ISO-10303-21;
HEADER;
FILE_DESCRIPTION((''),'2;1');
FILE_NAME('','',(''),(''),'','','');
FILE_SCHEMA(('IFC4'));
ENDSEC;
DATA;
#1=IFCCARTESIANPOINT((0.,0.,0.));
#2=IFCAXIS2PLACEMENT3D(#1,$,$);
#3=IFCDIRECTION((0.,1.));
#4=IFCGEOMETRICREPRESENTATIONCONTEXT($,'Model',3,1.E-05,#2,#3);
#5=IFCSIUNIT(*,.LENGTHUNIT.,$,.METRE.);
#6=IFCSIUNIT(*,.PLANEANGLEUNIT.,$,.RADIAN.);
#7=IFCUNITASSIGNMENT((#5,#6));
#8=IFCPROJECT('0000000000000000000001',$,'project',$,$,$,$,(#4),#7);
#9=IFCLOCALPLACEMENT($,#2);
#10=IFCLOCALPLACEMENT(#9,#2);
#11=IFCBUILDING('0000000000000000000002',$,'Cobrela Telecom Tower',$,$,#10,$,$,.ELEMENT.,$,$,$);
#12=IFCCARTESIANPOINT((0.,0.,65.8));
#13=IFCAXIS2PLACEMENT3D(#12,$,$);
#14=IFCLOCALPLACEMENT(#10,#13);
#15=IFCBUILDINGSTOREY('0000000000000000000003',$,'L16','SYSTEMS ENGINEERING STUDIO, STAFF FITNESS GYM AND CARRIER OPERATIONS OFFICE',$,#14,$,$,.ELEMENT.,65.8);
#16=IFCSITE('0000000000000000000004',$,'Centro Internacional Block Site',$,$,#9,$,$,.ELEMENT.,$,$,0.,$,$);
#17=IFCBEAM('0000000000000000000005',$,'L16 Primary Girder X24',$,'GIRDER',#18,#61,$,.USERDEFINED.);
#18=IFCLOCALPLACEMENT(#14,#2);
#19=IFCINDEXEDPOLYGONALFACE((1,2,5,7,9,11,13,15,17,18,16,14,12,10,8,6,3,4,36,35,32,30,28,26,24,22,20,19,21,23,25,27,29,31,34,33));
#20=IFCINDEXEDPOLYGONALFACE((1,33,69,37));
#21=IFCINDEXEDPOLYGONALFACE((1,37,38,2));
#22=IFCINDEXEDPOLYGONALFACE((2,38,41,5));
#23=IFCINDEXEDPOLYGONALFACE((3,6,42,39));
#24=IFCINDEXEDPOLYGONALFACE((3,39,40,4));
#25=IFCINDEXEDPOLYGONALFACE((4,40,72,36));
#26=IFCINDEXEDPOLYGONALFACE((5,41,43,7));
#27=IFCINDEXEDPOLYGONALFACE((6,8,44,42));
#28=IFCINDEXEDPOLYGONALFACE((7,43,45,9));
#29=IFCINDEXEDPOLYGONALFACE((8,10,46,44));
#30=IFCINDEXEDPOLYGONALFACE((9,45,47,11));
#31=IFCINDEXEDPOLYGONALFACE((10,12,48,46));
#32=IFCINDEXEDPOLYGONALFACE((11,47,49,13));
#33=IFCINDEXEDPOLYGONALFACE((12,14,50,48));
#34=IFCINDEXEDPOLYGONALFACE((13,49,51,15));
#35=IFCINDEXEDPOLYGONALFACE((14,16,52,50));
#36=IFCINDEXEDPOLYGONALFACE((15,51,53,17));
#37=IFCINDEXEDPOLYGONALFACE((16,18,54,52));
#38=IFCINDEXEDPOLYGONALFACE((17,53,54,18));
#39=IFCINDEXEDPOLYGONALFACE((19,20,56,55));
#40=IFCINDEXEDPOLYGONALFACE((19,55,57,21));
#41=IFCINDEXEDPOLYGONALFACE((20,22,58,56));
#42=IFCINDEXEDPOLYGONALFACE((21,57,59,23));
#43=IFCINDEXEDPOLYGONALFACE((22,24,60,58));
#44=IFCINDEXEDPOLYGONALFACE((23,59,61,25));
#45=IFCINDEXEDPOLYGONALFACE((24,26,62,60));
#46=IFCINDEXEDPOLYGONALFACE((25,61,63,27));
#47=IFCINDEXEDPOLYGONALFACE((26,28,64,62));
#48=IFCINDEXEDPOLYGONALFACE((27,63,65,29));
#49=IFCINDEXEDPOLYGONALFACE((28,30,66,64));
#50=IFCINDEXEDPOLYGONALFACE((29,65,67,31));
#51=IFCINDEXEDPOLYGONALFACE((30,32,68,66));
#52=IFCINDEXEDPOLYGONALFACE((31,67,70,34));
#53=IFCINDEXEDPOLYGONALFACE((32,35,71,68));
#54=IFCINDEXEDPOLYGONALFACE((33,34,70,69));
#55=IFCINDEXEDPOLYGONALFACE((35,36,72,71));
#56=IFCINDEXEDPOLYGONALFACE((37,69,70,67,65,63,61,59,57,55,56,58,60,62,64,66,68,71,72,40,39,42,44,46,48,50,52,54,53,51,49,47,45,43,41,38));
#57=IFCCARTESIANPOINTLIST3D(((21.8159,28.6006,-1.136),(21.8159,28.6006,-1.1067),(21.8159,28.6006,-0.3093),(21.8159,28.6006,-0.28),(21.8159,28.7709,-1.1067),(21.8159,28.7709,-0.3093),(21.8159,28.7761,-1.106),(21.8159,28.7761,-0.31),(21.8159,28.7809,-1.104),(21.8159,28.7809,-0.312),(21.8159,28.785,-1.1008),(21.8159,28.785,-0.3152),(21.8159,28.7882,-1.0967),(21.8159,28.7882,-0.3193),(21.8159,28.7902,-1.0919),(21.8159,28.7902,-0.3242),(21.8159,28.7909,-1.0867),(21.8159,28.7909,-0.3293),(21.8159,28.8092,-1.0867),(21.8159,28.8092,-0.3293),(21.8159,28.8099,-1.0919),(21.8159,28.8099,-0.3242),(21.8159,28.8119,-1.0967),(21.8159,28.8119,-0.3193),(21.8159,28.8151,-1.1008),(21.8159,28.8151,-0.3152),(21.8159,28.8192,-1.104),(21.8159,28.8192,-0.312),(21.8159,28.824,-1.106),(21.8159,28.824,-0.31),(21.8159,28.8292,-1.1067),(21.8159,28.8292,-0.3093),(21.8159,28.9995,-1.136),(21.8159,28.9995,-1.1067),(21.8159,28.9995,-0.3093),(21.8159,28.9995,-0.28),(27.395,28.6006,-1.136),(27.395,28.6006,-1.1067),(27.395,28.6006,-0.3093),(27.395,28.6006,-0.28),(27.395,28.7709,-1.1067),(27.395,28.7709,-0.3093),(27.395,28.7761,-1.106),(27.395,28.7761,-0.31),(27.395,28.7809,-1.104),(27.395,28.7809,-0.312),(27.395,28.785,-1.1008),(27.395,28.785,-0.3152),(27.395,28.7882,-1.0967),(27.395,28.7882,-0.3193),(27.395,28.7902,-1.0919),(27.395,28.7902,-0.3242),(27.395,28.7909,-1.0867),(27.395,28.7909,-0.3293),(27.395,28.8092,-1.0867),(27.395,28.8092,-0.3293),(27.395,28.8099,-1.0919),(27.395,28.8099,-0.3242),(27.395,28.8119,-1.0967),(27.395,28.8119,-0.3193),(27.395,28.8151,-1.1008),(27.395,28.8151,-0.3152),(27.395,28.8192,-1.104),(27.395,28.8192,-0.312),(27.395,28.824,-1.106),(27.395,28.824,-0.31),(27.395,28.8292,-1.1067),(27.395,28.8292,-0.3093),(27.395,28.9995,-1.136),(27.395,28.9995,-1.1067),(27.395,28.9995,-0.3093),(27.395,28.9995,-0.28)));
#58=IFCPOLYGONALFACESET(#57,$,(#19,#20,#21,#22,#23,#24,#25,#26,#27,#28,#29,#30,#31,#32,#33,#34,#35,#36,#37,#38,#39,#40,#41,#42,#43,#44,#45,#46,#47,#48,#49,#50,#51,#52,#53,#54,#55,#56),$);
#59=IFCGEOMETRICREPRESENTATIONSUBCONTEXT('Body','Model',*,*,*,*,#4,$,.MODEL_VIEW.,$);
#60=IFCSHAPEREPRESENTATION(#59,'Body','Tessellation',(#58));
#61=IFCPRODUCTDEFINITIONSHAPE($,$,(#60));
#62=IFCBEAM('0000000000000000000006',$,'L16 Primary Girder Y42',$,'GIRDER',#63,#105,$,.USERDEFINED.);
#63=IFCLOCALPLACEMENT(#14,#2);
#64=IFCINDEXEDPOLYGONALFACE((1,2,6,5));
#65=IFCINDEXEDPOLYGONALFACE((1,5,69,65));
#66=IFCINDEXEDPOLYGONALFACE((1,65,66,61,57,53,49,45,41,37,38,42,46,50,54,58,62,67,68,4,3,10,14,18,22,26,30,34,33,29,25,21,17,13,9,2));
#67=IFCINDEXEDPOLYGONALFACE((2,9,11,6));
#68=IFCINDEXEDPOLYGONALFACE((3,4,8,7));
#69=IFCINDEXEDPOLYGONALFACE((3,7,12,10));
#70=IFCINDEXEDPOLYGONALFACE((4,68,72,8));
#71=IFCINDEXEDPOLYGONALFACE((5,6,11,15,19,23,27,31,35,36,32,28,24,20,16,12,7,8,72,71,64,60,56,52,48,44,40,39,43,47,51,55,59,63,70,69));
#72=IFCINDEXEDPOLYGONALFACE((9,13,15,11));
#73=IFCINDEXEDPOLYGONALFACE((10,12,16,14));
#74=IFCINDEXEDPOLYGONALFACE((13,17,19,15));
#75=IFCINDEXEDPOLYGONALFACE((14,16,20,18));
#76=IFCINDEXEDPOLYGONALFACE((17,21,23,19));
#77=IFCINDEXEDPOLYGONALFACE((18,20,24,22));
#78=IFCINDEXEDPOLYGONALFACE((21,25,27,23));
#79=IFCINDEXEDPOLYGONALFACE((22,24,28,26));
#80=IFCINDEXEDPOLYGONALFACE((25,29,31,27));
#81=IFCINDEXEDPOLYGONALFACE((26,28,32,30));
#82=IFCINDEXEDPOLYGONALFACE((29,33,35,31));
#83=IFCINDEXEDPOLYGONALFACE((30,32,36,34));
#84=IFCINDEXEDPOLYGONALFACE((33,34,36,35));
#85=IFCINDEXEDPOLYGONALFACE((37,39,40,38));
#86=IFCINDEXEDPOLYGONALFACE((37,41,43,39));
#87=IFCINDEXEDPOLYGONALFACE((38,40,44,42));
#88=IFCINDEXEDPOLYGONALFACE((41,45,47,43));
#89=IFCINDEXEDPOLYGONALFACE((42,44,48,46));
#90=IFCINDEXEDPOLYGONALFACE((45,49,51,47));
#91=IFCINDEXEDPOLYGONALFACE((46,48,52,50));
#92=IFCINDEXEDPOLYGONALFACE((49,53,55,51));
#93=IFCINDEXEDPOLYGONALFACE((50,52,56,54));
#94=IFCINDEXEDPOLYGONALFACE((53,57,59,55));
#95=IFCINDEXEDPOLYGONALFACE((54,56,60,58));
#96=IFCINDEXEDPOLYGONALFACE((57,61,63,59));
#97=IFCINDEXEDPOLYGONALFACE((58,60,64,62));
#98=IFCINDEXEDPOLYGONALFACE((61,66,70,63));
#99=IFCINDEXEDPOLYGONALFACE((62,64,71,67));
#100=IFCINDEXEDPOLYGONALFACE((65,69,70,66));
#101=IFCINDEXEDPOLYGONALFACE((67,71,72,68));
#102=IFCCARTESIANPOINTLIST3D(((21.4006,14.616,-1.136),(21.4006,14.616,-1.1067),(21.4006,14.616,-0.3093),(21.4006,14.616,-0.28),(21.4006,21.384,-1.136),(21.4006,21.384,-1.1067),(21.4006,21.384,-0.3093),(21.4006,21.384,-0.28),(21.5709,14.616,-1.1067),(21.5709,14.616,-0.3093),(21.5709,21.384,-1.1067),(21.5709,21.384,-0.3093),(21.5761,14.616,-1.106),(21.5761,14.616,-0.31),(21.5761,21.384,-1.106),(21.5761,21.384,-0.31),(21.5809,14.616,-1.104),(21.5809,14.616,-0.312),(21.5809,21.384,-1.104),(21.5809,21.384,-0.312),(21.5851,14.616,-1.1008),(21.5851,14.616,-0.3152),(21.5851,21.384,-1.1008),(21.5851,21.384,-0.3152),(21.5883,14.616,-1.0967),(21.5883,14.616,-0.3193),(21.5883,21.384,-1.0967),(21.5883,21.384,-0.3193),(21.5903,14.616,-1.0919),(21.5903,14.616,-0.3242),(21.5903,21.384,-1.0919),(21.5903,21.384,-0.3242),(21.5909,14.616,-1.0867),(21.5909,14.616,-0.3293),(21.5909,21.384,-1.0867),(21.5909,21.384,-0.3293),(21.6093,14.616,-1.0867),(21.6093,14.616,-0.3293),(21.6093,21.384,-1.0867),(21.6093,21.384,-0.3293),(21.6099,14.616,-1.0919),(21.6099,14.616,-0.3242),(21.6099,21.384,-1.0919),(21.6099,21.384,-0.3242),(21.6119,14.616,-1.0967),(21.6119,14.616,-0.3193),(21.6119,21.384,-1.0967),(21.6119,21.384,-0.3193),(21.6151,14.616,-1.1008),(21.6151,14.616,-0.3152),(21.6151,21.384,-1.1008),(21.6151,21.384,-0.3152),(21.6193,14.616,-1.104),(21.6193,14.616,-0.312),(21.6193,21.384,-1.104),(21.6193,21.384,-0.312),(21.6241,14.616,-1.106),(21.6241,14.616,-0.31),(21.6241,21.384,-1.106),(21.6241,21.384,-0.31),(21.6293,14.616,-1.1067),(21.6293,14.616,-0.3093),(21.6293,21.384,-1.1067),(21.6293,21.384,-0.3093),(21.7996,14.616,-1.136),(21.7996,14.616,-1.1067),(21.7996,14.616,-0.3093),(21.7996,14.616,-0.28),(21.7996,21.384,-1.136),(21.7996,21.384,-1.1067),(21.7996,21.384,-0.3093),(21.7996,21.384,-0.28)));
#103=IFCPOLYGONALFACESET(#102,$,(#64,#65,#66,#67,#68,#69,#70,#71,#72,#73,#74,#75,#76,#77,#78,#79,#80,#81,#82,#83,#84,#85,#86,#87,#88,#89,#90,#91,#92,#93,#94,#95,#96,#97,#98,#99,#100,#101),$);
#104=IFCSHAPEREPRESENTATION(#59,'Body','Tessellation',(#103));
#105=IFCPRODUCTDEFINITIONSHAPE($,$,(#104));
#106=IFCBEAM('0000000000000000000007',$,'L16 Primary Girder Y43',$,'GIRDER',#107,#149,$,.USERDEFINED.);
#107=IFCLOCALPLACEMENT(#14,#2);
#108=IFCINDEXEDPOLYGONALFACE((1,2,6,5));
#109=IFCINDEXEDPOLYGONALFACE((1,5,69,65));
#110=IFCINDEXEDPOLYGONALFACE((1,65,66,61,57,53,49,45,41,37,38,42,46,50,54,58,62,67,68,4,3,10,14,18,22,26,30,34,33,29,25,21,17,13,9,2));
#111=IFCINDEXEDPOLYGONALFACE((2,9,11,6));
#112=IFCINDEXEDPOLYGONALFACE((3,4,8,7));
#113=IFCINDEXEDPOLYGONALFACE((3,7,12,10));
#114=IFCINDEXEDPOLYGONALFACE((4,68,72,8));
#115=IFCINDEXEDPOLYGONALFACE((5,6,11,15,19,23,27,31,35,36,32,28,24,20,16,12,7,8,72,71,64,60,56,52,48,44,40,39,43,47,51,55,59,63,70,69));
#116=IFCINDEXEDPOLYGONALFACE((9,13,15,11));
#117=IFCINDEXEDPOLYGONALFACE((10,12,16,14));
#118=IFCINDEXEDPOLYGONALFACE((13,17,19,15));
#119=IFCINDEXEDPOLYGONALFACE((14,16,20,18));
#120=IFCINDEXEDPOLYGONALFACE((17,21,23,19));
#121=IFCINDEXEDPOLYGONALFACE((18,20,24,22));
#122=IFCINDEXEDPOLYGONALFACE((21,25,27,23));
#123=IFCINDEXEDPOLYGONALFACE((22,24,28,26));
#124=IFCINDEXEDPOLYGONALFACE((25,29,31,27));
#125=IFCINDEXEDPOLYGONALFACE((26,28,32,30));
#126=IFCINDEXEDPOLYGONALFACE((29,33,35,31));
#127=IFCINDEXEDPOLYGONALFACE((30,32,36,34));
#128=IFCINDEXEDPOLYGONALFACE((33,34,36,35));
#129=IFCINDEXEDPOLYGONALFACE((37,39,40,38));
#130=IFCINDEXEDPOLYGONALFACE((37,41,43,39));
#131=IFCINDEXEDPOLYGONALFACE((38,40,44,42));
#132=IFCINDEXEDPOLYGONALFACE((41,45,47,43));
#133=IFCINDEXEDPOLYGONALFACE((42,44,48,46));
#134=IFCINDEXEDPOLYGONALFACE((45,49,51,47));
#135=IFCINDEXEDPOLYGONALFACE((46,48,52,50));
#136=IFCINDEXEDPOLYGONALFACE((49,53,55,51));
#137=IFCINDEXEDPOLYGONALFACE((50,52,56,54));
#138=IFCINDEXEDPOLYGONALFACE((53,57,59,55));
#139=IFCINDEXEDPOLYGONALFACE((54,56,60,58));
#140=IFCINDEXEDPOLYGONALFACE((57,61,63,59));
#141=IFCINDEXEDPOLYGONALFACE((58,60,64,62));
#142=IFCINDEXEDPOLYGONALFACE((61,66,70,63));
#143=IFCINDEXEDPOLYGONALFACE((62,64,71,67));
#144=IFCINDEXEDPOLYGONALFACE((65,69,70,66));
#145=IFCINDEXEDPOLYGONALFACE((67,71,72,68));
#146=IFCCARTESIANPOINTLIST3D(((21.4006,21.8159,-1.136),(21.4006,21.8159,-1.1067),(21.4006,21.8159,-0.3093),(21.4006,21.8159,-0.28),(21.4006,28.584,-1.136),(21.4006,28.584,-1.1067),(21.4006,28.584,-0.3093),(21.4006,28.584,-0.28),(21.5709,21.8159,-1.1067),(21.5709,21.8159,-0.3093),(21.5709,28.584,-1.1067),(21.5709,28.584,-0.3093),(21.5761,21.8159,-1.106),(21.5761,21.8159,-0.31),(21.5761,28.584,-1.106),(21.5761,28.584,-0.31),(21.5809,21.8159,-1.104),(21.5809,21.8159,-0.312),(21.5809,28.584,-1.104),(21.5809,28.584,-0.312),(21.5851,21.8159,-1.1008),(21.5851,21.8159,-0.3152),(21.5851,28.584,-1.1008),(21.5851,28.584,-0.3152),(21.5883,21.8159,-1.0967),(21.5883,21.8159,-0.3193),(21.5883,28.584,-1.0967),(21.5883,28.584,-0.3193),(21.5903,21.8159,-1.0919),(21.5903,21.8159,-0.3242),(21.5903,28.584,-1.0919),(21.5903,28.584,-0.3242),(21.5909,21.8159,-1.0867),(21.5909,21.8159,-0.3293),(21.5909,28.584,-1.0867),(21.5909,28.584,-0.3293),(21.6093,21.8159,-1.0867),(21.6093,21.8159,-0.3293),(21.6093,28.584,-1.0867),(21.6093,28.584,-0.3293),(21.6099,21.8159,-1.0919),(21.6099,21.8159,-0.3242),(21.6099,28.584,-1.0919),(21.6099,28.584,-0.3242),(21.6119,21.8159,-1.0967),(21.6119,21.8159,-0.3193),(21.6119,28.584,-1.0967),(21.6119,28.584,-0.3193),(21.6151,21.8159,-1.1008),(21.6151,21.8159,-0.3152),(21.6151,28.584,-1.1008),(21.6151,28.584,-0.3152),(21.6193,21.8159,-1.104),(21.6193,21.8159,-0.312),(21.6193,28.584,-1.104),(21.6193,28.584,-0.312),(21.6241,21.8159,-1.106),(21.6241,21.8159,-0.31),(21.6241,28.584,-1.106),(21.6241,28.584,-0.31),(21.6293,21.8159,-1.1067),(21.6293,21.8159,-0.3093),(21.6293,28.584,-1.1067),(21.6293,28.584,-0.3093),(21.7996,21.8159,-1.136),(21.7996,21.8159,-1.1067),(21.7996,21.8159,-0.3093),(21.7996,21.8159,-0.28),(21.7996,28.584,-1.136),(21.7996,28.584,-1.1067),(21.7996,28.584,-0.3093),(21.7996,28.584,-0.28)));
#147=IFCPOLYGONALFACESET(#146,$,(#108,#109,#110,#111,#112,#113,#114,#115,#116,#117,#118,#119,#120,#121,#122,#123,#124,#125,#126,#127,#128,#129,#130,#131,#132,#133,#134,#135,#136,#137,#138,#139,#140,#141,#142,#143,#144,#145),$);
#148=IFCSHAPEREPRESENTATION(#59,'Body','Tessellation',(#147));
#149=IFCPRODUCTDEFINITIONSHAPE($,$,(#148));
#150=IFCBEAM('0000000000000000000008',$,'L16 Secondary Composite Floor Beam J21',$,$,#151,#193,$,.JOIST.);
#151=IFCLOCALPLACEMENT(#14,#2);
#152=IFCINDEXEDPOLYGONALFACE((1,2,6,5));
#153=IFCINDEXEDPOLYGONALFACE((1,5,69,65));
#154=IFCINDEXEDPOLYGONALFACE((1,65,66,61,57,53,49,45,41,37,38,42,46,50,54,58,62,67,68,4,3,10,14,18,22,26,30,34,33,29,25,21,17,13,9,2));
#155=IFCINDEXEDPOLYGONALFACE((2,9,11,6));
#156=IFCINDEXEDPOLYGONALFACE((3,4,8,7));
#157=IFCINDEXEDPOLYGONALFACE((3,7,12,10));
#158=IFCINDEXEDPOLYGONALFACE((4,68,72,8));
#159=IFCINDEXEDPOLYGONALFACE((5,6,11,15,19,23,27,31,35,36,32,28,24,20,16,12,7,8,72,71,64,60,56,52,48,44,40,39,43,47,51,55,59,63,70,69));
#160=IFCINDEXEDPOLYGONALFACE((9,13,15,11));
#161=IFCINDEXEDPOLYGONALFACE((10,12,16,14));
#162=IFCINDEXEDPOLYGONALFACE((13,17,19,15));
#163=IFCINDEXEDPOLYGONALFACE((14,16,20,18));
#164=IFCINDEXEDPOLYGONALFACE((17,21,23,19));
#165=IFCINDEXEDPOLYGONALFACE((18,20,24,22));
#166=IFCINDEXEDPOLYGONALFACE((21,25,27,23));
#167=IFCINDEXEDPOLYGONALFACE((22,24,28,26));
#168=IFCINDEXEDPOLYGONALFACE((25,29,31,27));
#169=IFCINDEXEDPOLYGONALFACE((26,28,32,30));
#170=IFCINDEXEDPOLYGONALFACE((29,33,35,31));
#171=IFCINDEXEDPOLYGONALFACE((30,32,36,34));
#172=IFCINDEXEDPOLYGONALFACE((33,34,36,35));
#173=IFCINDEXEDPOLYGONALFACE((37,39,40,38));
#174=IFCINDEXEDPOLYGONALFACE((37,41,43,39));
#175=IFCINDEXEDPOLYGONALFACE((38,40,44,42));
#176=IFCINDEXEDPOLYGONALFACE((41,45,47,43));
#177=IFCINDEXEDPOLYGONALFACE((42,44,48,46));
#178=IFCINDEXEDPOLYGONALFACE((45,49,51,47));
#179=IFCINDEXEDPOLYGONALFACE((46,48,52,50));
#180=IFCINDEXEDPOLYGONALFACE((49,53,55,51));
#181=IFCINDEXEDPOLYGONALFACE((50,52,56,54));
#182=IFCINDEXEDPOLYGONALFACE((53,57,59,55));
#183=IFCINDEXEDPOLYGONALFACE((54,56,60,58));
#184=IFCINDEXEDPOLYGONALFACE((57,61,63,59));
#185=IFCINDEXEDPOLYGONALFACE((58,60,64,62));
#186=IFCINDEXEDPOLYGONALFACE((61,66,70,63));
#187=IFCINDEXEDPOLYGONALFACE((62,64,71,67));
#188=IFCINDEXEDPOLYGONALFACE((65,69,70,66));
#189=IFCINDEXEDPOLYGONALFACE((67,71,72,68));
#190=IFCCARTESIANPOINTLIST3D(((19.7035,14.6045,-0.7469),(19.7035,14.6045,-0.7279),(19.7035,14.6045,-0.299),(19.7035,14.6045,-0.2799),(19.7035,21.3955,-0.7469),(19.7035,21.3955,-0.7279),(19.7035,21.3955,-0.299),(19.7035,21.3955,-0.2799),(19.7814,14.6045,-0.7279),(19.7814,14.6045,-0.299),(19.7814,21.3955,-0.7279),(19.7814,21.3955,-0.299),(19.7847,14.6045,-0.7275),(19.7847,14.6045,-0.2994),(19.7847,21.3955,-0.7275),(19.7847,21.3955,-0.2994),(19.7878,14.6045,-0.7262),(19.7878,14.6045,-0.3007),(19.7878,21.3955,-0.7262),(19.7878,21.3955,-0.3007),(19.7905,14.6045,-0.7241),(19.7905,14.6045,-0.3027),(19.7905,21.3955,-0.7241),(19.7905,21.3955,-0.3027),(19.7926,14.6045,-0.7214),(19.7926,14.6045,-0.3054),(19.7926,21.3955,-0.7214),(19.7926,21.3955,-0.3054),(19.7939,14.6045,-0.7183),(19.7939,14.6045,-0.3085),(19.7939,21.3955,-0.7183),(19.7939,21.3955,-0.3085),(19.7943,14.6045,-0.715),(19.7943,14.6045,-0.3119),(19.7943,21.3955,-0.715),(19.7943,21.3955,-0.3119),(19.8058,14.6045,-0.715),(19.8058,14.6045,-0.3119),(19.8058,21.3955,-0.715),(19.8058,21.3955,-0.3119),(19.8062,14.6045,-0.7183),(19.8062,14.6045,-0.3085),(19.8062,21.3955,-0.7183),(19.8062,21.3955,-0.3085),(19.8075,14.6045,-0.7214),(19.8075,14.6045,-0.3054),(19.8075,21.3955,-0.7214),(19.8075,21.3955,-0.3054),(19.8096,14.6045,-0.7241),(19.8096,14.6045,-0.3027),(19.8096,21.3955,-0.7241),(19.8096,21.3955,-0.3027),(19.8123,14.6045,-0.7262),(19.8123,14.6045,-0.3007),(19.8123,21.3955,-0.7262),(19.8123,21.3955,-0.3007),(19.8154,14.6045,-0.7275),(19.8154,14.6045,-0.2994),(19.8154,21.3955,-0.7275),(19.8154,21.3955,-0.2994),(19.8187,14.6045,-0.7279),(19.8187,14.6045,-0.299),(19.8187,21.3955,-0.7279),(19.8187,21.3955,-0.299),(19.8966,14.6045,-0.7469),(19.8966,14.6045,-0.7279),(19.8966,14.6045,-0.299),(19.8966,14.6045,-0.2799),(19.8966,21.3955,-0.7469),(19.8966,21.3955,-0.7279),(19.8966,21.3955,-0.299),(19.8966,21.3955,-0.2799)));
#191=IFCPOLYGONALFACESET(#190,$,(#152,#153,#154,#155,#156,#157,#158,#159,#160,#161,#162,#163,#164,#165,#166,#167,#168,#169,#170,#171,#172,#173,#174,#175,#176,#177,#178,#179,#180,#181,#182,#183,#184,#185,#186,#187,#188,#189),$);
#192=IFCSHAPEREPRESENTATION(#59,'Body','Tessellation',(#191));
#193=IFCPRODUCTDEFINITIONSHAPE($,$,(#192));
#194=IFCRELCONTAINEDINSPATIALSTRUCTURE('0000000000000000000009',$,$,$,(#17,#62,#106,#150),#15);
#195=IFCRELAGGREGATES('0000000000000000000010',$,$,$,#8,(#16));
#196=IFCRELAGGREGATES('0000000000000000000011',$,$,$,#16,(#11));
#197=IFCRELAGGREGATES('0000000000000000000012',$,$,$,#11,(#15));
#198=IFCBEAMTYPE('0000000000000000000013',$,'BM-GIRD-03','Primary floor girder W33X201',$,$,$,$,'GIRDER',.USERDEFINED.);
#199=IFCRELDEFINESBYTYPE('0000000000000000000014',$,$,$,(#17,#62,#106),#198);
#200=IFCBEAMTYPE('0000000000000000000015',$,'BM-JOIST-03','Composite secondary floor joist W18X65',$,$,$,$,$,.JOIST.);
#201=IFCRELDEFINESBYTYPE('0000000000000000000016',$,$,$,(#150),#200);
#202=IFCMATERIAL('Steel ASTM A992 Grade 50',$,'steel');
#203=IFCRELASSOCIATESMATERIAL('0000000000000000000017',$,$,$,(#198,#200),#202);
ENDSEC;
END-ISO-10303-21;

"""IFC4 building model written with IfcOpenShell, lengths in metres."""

from ifc_helpers import new_model, si_unit, direction, frame, origin, origin_2d, place, context, subcontext, project, spatial, i_section, extrude, material, material_profile, profile_set, type_object, element, save


model = new_model("IFC4")

# Units and contexts
model_context = context("Model", 3, precision=1e-05, world=origin(), true_north=direction((0.0, 1.0)))
body_context = subcontext(model_context, "Body", "Model", "MODEL_VIEW")
ifc_project = project(units=[si_unit("LENGTHUNIT", "METRE"), si_unit("PLANEANGLEUNIT", "RADIAN")], contexts=[model_context])

# Site, building, storey
site_placement = place(None, origin())
site = spatial("IfcSite", under=ifc_project, at=site_placement, Name="Centro Internacional Block Site", CompositionType="ELEMENT", RefElevation=0.0)
building_placement = place(site_placement, origin())
building = spatial("IfcBuilding", under=site, at=building_placement, Name="Cobrela Telecom Tower", CompositionType="ELEMENT")
storey_placement = place(building_placement, frame((0.0, 0.0, 65.8)))
storey = spatial("IfcBuildingStorey", under=building, at=storey_placement, Name="L16", Description="SYSTEMS ENGINEERING STUDIO, STAFF FITNESS GYM AND CARRIER OPERATIONS OFFICE", CompositionType="ELEMENT", Elevation=65.8)

# Shared definitions
ifc_material_1 = material(Name="Steel ASTM A992 Grade 50", Category="steel")

# Beams
ifc_material_profile_1 = material_profile(ifc_material_1, i_section(OverallWidth=0.3989, OverallDepth=0.856, WebThickness=0.0183, FlangeThickness=0.0293, FilletRadius=0.02, at=origin_2d()), Name="W33X201")
ifc_profile_set_1 = profile_set([ifc_material_profile_1], Name="Steel ASTM A992 Grade 50")
beam_type_1 = type_object("IfcBeamType", Name="BM-GIRD-03", Description="Primary floor girder W33X201", ElementType="GIRDER", PredefinedType="USERDEFINED", material=ifc_profile_set_1)
beam_1_placement = place(storey_placement, frame((21.8159, 28.8, -0.708), z_axis=(1.0, 0.0, 0.0), x_axis=(0.0, 1.0, 0.0)))
element("IfcBeam", 1, at=beam_1_placement, inside=storey, type_object=beam_type_1, Name="L16 Primary Girder X24", ObjectType="GIRDER", PredefinedType="USERDEFINED", context=body_context, shape_type="SweptSolid", body=[
    extrude(i_section(OverallWidth=0.3989, OverallDepth=0.856, WebThickness=0.0183, FlangeThickness=0.0293, FilletRadius=0.02, at=origin_2d()), origin(), (0.0, 0.0, 1.0), 5.5791),
])
for number, where, z_axis, x_axis, name in (
    (2, (21.6001, 14.616, -0.708), (0.0, 1.0, 0.0), (-1.0, 0.0, 0.0), "L16 Primary Girder Y42"),
    (3, (21.6001, 21.8159, -0.708), (0.0, 1.0, 0.0), (-1.0, 0.0, 0.0), "L16 Primary Girder Y43"),
):
    element("IfcBeam", number, at=place(storey_placement, frame(where, z_axis=z_axis, x_axis=x_axis)), inside=storey, type_object=beam_type_1, Name=name, ObjectType="GIRDER", PredefinedType="USERDEFINED", context=body_context, shape_type="SweptSolid", body=[
        extrude(i_section(OverallWidth=0.3989, OverallDepth=0.856, WebThickness=0.0183, FlangeThickness=0.0293, FilletRadius=0.02, at=origin_2d()), origin(), (0.0, 0.0, 1.0), 6.7681),
    ])
ifc_material_profile_2 = material_profile(ifc_material_1, i_section(OverallWidth=0.1931, OverallDepth=0.467, WebThickness=0.0115, FlangeThickness=0.019, FilletRadius=0.0129, at=origin_2d()), Name="W18X65")
ifc_profile_set_2 = profile_set([ifc_material_profile_2], Name="Steel ASTM A992 Grade 50")
beam_type_2 = type_object("IfcBeamType", Name="BM-JOIST-03", Description="Composite secondary floor joist W18X65", PredefinedType="JOIST", material=ifc_profile_set_2)
for number, where, z_axis, x_axis, name in (
    (4, (19.8, 14.6045, -0.5134), (0.0, 1.0, 0.0), (-1.0, 0.0, 0.0), "L16 Secondary Composite Floor Beam J21"),
):
    element("IfcBeam", number, at=place(storey_placement, frame(where, z_axis=z_axis, x_axis=x_axis)), inside=storey, type_object=beam_type_2, Name=name, PredefinedType="JOIST", context=body_context, shape_type="SweptSolid", body=[
        extrude(i_section(OverallWidth=0.1931, OverallDepth=0.467, WebThickness=0.0115, FlangeThickness=0.019, FilletRadius=0.0129, at=origin_2d()), origin(), (0.0, 0.0, 1.0), 6.791),
    ])

save(model, "model.ifc")
